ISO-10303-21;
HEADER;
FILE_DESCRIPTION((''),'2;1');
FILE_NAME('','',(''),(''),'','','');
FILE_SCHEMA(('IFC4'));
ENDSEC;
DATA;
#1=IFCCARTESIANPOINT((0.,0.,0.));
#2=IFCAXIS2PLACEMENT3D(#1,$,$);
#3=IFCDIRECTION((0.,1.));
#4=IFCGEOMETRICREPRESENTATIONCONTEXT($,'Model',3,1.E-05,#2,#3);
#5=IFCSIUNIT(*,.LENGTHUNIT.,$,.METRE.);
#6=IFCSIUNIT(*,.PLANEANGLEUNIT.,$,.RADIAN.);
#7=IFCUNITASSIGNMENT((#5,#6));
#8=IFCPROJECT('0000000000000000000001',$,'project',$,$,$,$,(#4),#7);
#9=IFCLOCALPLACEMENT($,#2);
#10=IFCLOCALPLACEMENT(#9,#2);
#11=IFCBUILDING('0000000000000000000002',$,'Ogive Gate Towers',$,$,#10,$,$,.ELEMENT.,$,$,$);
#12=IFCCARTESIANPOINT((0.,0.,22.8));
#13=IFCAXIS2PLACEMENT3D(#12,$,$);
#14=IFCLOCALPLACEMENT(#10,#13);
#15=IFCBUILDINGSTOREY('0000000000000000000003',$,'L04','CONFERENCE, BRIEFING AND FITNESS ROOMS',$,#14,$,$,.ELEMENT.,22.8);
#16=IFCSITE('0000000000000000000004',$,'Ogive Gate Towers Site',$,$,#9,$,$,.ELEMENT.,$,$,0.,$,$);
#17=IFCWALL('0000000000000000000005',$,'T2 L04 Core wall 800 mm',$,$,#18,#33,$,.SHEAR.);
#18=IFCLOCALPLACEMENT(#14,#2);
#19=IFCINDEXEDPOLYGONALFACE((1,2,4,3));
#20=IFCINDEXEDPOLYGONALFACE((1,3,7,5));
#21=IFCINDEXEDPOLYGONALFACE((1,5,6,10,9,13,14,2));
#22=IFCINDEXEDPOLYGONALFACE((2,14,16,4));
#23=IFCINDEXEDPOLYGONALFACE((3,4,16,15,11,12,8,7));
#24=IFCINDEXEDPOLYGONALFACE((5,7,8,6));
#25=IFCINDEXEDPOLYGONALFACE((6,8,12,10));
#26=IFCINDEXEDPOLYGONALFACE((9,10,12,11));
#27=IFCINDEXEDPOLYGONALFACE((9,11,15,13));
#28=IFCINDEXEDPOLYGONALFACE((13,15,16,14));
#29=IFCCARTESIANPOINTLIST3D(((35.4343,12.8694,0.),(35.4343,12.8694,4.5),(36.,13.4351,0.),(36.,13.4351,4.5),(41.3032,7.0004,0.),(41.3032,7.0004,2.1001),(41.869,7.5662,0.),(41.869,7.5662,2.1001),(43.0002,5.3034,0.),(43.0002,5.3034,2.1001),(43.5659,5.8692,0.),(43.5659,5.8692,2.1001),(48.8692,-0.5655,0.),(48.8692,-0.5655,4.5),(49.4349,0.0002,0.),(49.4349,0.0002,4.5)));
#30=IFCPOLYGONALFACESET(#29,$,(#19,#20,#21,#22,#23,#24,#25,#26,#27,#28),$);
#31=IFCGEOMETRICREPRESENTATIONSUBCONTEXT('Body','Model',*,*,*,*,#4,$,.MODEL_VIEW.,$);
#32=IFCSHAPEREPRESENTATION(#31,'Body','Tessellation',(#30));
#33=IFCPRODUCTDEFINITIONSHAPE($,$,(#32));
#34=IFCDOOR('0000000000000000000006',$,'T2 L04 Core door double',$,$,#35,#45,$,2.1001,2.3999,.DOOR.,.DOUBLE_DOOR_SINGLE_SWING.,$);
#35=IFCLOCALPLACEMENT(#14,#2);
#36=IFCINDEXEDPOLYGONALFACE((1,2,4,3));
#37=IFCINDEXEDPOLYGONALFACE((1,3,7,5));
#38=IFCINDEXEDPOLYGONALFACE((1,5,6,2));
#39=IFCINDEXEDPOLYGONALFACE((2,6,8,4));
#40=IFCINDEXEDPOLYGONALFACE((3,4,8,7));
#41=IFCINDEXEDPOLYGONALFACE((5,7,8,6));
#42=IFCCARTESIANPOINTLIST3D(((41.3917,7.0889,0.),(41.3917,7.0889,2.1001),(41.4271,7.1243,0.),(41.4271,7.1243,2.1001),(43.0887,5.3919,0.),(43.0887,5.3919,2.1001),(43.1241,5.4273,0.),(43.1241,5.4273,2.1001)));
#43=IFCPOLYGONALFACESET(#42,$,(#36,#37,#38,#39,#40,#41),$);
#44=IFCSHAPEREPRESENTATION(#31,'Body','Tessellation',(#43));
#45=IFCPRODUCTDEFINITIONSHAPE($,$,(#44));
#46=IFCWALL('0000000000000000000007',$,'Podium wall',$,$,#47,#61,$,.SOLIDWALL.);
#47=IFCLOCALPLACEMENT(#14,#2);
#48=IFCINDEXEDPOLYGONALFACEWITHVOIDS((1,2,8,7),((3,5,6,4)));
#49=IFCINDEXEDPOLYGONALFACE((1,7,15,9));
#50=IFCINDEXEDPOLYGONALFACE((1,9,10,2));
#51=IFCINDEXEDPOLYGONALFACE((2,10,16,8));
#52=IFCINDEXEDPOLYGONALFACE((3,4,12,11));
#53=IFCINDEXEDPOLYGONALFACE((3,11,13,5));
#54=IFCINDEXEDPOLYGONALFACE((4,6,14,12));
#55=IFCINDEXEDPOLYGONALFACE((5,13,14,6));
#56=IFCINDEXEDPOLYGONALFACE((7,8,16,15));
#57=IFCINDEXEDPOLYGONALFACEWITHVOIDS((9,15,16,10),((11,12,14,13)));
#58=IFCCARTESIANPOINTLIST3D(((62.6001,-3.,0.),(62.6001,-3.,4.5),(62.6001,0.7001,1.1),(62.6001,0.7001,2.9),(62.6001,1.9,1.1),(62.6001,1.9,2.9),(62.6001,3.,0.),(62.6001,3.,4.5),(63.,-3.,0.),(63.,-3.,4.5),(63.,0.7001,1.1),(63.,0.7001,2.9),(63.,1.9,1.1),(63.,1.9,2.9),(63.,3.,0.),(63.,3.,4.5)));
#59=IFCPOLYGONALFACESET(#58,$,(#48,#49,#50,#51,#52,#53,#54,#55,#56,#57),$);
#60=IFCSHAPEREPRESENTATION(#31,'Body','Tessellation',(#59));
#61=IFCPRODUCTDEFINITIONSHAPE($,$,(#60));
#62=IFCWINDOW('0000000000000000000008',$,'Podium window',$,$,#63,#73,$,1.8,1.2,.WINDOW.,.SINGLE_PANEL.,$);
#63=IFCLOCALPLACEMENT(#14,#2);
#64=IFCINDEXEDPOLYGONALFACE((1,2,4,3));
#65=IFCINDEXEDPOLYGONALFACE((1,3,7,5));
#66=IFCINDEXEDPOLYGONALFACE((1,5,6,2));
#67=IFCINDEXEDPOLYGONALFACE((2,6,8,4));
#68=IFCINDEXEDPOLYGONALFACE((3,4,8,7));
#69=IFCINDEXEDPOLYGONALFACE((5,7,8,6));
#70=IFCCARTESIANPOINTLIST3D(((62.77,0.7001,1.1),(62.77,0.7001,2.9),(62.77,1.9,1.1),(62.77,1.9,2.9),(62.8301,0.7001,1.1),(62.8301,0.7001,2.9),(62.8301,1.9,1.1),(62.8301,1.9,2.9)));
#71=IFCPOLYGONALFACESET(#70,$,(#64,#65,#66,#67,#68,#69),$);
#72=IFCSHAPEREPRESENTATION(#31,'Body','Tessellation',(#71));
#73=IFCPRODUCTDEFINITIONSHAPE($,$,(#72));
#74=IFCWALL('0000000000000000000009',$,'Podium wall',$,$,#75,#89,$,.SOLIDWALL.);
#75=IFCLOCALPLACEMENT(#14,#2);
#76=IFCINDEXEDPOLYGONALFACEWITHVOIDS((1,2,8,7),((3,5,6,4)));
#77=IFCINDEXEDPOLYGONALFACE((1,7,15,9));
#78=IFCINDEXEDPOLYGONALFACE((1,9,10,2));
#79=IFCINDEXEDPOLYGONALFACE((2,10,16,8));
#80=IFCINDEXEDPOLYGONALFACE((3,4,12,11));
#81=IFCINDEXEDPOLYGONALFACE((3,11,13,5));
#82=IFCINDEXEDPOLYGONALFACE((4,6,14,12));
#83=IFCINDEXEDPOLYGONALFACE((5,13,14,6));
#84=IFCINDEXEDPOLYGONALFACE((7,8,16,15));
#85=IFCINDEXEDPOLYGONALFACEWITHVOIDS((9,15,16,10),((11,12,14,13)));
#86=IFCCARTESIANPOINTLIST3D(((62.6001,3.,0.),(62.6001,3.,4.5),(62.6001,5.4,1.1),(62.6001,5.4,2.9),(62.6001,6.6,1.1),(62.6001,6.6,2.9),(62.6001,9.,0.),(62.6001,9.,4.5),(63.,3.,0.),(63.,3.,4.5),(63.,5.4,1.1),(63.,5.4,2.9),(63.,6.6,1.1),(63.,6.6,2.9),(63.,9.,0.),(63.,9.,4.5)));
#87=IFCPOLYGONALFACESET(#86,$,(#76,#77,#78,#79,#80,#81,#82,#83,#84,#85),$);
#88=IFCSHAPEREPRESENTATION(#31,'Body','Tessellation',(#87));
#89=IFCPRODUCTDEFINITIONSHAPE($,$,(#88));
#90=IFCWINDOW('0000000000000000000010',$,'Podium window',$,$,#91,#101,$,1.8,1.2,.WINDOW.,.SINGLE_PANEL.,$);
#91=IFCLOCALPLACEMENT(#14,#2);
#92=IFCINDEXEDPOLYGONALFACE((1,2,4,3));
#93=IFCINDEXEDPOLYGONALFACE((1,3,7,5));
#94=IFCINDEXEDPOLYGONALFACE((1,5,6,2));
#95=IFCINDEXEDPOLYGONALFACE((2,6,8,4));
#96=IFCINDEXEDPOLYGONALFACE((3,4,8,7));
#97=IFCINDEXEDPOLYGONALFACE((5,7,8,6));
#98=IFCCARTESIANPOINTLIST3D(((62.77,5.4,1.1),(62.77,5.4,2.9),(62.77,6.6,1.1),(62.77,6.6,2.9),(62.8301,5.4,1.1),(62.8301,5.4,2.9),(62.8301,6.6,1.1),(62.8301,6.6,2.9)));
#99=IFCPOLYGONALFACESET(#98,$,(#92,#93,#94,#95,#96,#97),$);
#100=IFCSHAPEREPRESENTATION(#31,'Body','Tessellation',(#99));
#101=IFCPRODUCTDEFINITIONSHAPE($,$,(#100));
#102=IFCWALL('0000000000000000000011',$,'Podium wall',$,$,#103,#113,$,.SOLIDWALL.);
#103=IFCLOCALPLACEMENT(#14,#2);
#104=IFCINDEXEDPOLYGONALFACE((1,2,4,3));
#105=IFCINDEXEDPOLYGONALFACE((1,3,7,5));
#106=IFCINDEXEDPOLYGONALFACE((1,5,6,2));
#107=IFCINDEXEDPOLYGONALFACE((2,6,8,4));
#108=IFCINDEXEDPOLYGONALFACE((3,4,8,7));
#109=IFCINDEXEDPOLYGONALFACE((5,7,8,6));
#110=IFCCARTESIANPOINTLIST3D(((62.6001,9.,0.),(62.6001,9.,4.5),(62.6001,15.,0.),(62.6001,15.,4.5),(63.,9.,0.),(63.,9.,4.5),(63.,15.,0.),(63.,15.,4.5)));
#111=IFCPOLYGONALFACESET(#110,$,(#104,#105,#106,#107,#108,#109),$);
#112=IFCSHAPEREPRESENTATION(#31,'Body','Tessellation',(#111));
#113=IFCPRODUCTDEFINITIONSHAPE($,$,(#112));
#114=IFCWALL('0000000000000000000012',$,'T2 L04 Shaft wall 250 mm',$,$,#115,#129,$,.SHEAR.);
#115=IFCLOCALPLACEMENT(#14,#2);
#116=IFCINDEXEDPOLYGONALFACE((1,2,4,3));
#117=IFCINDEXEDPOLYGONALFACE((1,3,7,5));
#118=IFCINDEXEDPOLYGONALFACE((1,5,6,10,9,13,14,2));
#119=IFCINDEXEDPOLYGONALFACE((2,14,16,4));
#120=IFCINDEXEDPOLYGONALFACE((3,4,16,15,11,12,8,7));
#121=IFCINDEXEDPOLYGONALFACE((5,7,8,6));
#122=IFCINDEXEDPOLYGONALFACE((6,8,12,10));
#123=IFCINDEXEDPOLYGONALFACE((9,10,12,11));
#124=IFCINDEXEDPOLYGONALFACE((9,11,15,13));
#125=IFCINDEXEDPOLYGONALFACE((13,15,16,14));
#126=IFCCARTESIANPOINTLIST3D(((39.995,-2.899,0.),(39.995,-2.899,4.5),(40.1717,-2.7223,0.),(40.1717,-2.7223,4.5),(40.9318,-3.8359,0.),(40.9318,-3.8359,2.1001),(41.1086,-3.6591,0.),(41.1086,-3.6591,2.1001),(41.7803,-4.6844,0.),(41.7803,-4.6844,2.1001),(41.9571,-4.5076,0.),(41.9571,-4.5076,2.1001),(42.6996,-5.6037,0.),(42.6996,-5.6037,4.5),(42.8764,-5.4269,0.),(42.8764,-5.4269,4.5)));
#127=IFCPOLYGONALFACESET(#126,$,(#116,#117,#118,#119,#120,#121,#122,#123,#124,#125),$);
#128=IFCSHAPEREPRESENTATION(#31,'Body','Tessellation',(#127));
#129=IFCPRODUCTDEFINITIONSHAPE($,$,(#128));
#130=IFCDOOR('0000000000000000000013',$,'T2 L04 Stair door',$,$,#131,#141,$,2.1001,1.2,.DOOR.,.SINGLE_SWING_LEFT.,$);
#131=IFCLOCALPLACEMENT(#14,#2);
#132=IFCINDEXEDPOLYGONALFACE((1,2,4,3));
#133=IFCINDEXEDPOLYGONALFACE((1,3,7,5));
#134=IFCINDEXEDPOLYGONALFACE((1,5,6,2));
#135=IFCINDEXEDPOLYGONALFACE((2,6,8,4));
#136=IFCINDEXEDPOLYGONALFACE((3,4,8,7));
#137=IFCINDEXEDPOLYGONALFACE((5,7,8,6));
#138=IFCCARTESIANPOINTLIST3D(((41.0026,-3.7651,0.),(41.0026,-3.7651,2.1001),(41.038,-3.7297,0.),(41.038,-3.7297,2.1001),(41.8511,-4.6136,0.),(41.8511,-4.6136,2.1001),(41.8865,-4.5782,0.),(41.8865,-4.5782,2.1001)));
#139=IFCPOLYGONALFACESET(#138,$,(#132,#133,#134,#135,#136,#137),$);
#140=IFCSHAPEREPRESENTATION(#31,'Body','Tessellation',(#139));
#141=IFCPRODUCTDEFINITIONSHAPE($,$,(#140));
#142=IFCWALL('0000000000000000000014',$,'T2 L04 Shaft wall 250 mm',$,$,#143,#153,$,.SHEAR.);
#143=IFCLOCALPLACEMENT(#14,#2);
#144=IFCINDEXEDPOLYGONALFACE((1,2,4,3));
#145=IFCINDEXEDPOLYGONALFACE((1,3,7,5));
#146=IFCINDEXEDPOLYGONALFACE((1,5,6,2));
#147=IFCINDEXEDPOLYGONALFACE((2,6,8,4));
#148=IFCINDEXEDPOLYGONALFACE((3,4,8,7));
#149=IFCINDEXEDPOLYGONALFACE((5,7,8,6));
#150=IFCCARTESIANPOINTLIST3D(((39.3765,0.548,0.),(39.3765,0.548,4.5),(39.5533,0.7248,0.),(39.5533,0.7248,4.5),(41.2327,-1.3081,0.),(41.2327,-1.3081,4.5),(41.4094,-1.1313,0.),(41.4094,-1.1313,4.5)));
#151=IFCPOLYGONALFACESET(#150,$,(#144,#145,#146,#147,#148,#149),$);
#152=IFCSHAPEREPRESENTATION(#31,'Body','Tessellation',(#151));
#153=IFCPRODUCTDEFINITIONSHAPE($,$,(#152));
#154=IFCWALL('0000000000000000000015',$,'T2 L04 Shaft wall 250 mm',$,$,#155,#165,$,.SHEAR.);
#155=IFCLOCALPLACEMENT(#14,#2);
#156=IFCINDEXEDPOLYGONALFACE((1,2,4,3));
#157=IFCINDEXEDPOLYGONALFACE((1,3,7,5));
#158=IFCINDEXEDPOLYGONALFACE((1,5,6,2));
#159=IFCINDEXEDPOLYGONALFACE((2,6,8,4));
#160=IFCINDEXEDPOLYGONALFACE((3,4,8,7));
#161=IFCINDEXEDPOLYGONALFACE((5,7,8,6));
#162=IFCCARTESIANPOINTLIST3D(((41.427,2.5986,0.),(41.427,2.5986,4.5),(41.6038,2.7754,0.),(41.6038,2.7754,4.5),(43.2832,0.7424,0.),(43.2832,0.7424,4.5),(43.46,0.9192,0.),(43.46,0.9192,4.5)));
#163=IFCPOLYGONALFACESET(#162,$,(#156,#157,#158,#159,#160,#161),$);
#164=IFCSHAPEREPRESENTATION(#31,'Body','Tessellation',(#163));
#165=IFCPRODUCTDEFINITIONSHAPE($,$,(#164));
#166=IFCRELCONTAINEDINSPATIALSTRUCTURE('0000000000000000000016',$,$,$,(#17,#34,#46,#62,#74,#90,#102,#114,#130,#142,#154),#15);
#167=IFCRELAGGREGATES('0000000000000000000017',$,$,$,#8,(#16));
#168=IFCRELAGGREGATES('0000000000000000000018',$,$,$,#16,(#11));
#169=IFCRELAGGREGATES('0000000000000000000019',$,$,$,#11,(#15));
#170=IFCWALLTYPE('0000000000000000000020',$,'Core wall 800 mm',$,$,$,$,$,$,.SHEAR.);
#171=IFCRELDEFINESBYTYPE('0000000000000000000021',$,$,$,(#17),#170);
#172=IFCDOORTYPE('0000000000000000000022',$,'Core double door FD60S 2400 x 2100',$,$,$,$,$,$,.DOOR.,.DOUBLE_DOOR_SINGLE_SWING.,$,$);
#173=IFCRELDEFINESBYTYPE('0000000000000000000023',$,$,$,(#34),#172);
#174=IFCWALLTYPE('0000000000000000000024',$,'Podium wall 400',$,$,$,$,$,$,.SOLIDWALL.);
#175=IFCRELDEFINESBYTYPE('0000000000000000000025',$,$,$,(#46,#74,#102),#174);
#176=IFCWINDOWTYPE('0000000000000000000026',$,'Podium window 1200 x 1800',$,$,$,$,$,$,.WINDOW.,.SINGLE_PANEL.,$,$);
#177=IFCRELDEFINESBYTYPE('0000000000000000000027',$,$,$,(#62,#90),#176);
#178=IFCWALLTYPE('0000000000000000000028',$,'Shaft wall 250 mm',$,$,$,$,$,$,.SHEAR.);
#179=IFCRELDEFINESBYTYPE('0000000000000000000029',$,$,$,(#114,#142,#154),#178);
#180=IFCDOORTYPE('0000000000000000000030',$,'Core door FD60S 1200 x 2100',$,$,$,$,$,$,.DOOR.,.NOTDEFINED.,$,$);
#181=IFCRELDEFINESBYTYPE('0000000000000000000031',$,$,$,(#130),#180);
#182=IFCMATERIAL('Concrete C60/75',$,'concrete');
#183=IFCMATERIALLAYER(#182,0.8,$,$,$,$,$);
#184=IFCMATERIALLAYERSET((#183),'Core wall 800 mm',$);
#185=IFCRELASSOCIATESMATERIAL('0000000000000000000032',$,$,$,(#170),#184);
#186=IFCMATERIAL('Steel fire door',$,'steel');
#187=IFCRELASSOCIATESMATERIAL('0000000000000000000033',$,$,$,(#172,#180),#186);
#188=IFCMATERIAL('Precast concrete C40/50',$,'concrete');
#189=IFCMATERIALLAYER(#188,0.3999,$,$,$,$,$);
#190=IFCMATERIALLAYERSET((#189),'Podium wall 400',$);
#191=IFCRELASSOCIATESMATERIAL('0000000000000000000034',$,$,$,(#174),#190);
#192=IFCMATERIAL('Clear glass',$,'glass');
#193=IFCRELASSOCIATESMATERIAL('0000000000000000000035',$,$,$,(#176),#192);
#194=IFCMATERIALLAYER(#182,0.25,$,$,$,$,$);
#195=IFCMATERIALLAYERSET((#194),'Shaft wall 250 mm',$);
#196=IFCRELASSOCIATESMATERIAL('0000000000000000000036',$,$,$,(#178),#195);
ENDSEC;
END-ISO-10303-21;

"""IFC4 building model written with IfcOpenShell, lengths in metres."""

from ifc_helpers import new_model, si_unit, direction, frame, frame_2d, origin, place, context, subcontext, project, spatial, rectangle, extrude, material, layer, layer_set, type_object, element, fill, save


model = new_model("IFC4")

# Units and contexts
model_context = context("Model", 3, precision=1e-05, world=origin(), true_north=direction((0.0, 1.0)))
body_context = subcontext(model_context, "Body", "Model", "MODEL_VIEW")
ifc_project = project(units=[si_unit("LENGTHUNIT", "METRE"), si_unit("PLANEANGLEUNIT", "RADIAN")], contexts=[model_context])

# Site, building, storey
site_placement = place(None, origin())
site = spatial("IfcSite", under=ifc_project, at=site_placement, Name="Ogive Gate Towers Site", CompositionType="ELEMENT", RefElevation=0.0)
building_placement = place(site_placement, origin())
building = spatial("IfcBuilding", under=site, at=building_placement, Name="Ogive Gate Towers", CompositionType="ELEMENT")
storey_placement = place(building_placement, frame((0.0, 0.0, 22.8)))
storey = spatial("IfcBuildingStorey", under=building, at=storey_placement, Name="L04", Description="CONFERENCE, BRIEFING AND FITNESS ROOMS", CompositionType="ELEMENT", Elevation=22.8)

# Wall, opening, door
ifc_material_1 = material(Name="Concrete C60/75", Category="concrete")
ifc_layer_1 = layer(ifc_material_1, 0.8)
ifc_layer_set_1 = layer_set([ifc_layer_1], Name="Core wall 800 mm")
wall_type_1 = type_object("IfcWallType", Name="Core wall 800 mm", PredefinedType="SHEAR", material=ifc_layer_set_1)
wall_1_placement = place(storey_placement, frame((49.1521, -0.2827, 0.0), z_axis=(0.0, 0.0, 1.0), x_axis=(-0.707107, 0.707107, 0.0)))
wall_1 = element("IfcWall", 1, at=wall_1_placement, inside=storey, type_object=wall_type_1, Name="T2 L04 Core wall 800 mm", PredefinedType="SHEAR", context=body_context, shape_type="SweptSolid", body=[
    extrude(rectangle(XDim=18.9998, YDim=0.8, at=frame_2d((9.5, 0.0))), origin(), (0.0, 0.0, 1.0), 4.5),
])
opening_1_placement = place(wall_1_placement, frame((8.3, 0.0, 0.0)))
opening_1 = element("IfcOpeningElement", 2, at=opening_1_placement, cuts=wall_1, PredefinedType="OPENING", context=body_context, shape_type="SweptSolid", body=[
    extrude(rectangle(XDim=2.3999, YDim=2.1001, at=frame_2d((1.2, 1.05))), frame((0.0, 0.4102, 0.0), z_axis=(0.0, -1.0, 0.0), x_axis=(1.0, 0.0, 0.0)), (0.0, 0.0, 1.0), 0.8201),
])
ifc_material_2 = material(Name="Steel fire door", Category="steel")
door_type_1 = type_object("IfcDoorType", Name="Core double door FD60S 2400 x 2100", OperationType="DOUBLE_DOOR_SINGLE_SWING", PredefinedType="DOOR", material=ifc_material_2)
door_1_placement = place(opening_1_placement, origin())
door_1 = element("IfcDoor", 3, at=door_1_placement, inside=storey, type_object=door_type_1, Name="T2 L04 Core door double", OperationType="DOUBLE_DOOR_SINGLE_SWING", OverallHeight=2.1001, OverallWidth=2.3999, PredefinedType="DOOR", context=body_context, shape_type="SweptSolid", body=[
    extrude(rectangle(XDim=2.3999, YDim=2.1001, at=frame_2d((1.2, 1.05))), frame((0.0, 0.2749, 0.0), z_axis=(0.0, -1.0, 0.0), x_axis=(1.0, 0.0, 0.0)), (0.0, 0.0, 1.0), 0.05),
])
fill(opening_1, door_1)

# Walls, openings, windows
ifc_material_3 = material(Name="Precast concrete C40/50", Category="concrete")
ifc_layer_2 = layer(ifc_material_3, 0.3999)
ifc_layer_set_2 = layer_set([ifc_layer_2], Name="Podium wall 400")
wall_type_2 = type_object("IfcWallType", Name="Podium wall 400", PredefinedType="SOLIDWALL", material=ifc_layer_set_2)
wall_2_placement = place(storey_placement, frame((62.8, -3.0, 0.0), z_axis=(0.0, 0.0, 1.0), x_axis=(0.0, 1.0, 0.0)))
wall_2 = element("IfcWall", 4, at=wall_2_placement, inside=storey, type_object=wall_type_2, Name="Podium wall", PredefinedType="SOLIDWALL", context=body_context, shape_type="SweptSolid", body=[
    extrude(rectangle(XDim=6.0, YDim=0.3999, at=frame_2d((3.0, 0.0))), origin(), (0.0, 0.0, 1.0), 4.5),
])
opening_2_placement = place(wall_2_placement, frame((3.7, 0.0, 1.1001)))
opening_2 = element("IfcOpeningElement", 5, at=opening_2_placement, cuts=wall_2, PredefinedType="OPENING", context=body_context, shape_type="SweptSolid", body=[
    extrude(rectangle(XDim=1.2, YDim=1.8, at=frame_2d((0.6001, 0.8999))), frame((0.0, 0.21, 0.0), z_axis=(0.0, -1.0, 0.0), x_axis=(1.0, 0.0, 0.0)), (0.0, 0.0, 1.0), 0.4199),
])
ifc_material_4 = material(Name="Clear glass", Category="glass")
window_type = type_object("IfcWindowType", Name="Podium window 1200 x 1800", PartitioningType="SINGLE_PANEL", PredefinedType="WINDOW", material=ifc_material_4)
window_1_placement = place(opening_2_placement, origin())
window_1 = element("IfcWindow", 6, at=window_1_placement, inside=storey, type_object=window_type, Name="Podium window", OverallHeight=1.8, OverallWidth=1.2, PartitioningType="SINGLE_PANEL", PredefinedType="WINDOW", context=body_context, shape_type="SweptSolid", body=[
    extrude(rectangle(XDim=1.2, YDim=1.8, at=frame_2d((0.6001, 0.8999))), frame((0.0, 0.03, 0.0), z_axis=(0.0, -1.0, 0.0), x_axis=(1.0, 0.0, 0.0)), (0.0, 0.0, 1.0), 0.0601),
])
fill(opening_2, window_1)
wall_3_placement = place(storey_placement, frame((62.8, 3.0, 0.0), z_axis=(0.0, 0.0, 1.0), x_axis=(0.0, 1.0, 0.0)))
wall_3 = element("IfcWall", 7, at=wall_3_placement, inside=storey, type_object=wall_type_2, Name="Podium wall", PredefinedType="SOLIDWALL", context=body_context, shape_type="SweptSolid", body=[
    extrude(rectangle(XDim=6.0, YDim=0.3999, at=frame_2d((3.0, 0.0))), origin(), (0.0, 0.0, 1.0), 4.5),
])
opening_3_placement = place(wall_3_placement, frame((2.3999, 0.0, 1.1001)))
opening_3 = element("IfcOpeningElement", 8, at=opening_3_placement, cuts=wall_3, PredefinedType="OPENING", context=body_context, shape_type="SweptSolid", body=[
    extrude(rectangle(XDim=1.2, YDim=1.8, at=frame_2d((0.6001, 0.8999))), frame((0.0, 0.21, 0.0), z_axis=(0.0, -1.0, 0.0), x_axis=(1.0, 0.0, 0.0)), (0.0, 0.0, 1.0), 0.4199),
])
window_2_placement = place(opening_3_placement, origin())
window_2 = element("IfcWindow", 9, at=window_2_placement, inside=storey, type_object=window_type, Name="Podium window", OverallHeight=1.8, OverallWidth=1.2, PartitioningType="SINGLE_PANEL", PredefinedType="WINDOW", context=body_context, shape_type="SweptSolid", body=[
    extrude(rectangle(XDim=1.2, YDim=1.8, at=frame_2d((0.6001, 0.8999))), frame((0.0, 0.03, 0.0), z_axis=(0.0, -1.0, 0.0), x_axis=(1.0, 0.0, 0.0)), (0.0, 0.0, 1.0), 0.0601),
])
fill(opening_3, window_2)

# Wall
wall_4_placement = place(storey_placement, frame((62.8, 9.0, 0.0), z_axis=(0.0, 0.0, 1.0), x_axis=(0.0, 1.0, 0.0)))
element("IfcWall", 10, at=wall_4_placement, inside=storey, type_object=wall_type_2, Name="Podium wall", PredefinedType="SOLIDWALL", context=body_context, shape_type="SweptSolid", body=[
    extrude(rectangle(XDim=6.0, YDim=0.3999, at=frame_2d((3.0, 0.0))), origin(), (0.0, 0.0, 1.0), 4.5),
])

# Wall, opening, door
ifc_layer_3 = layer(ifc_material_1, 0.25)
ifc_layer_set_3 = layer_set([ifc_layer_3], Name="Shaft wall 250 mm")
wall_type_3 = type_object("IfcWallType", Name="Shaft wall 250 mm", PredefinedType="SHEAR", material=ifc_layer_set_3)
wall_5_placement = place(storey_placement, frame((42.7881, -5.5154, 0.0), z_axis=(0.0, 0.0, 1.0), x_axis=(-0.707107, 0.707107, 0.0)))
wall_5 = element("IfcWall", 11, at=wall_5_placement, inside=storey, type_object=wall_type_3, Name="T2 L04 Shaft wall 250 mm", PredefinedType="SHEAR", context=body_context, shape_type="SweptSolid", body=[
    extrude(rectangle(XDim=3.825, YDim=0.25, at=frame_2d((1.9126, 0.0))), origin(), (0.0, 0.0, 1.0), 4.5),
])
opening_4_placement = place(wall_5_placement, frame((1.3, 0.0, 0.0)))
opening_4 = element("IfcOpeningElement", 12, at=opening_4_placement, cuts=wall_5, PredefinedType="OPENING", context=body_context, shape_type="SweptSolid", body=[
    extrude(rectangle(XDim=1.2, YDim=2.1001, at=frame_2d((0.6001, 1.05))), frame((0.0, 0.135, 0.0), z_axis=(0.0, -1.0, 0.0), x_axis=(1.0, 0.0, 0.0)), (0.0, 0.0, 1.0), 0.27),
])
door_type_2 = type_object("IfcDoorType", Name="Core door FD60S 1200 x 2100", OperationType="NOTDEFINED", PredefinedType="DOOR", material=ifc_material_2)
door_2_placement = place(opening_4_placement, origin())
door_2 = element("IfcDoor", 13, at=door_2_placement, inside=storey, type_object=door_type_2, Name="T2 L04 Stair door", OperationType="SINGLE_SWING_LEFT", OverallHeight=2.1001, OverallWidth=1.2, PredefinedType="DOOR", context=body_context, shape_type="SweptSolid", body=[
    extrude(rectangle(XDim=1.2, YDim=2.1001, at=frame_2d((0.6001, 1.05))), frame((0.0, 0.0249, 0.0), z_axis=(0.0, -1.0, 0.0), x_axis=(1.0, 0.0, 0.0)), (0.0, 0.0, 1.0), 0.05),
])
fill(opening_4, door_2)

# Walls
for number, where, z_axis, x_axis, name in (
    (14, (41.321, -1.2197, 0.0), (0.0, 0.0, 1.0), (-0.707107, 0.707107, 0.0), "T2 L04 Shaft wall 250 mm"),
    (15, (43.3716, 0.8308, 0.0), (0.0, 0.0, 1.0), (-0.707107, 0.707107, 0.0), "T2 L04 Shaft wall 250 mm"),
):
    element("IfcWall", number, at=place(storey_placement, frame(where, z_axis=z_axis, x_axis=x_axis)), inside=storey, type_object=wall_type_3, Name=name, PredefinedType="SHEAR", context=body_context, shape_type="SweptSolid", body=[
        extrude(rectangle(XDim=2.625, YDim=0.25, at=frame_2d((1.3125, 0.0))), origin(), (0.0, 0.0, 1.0), 4.5),
    ])

save(model, "model.ifc")
